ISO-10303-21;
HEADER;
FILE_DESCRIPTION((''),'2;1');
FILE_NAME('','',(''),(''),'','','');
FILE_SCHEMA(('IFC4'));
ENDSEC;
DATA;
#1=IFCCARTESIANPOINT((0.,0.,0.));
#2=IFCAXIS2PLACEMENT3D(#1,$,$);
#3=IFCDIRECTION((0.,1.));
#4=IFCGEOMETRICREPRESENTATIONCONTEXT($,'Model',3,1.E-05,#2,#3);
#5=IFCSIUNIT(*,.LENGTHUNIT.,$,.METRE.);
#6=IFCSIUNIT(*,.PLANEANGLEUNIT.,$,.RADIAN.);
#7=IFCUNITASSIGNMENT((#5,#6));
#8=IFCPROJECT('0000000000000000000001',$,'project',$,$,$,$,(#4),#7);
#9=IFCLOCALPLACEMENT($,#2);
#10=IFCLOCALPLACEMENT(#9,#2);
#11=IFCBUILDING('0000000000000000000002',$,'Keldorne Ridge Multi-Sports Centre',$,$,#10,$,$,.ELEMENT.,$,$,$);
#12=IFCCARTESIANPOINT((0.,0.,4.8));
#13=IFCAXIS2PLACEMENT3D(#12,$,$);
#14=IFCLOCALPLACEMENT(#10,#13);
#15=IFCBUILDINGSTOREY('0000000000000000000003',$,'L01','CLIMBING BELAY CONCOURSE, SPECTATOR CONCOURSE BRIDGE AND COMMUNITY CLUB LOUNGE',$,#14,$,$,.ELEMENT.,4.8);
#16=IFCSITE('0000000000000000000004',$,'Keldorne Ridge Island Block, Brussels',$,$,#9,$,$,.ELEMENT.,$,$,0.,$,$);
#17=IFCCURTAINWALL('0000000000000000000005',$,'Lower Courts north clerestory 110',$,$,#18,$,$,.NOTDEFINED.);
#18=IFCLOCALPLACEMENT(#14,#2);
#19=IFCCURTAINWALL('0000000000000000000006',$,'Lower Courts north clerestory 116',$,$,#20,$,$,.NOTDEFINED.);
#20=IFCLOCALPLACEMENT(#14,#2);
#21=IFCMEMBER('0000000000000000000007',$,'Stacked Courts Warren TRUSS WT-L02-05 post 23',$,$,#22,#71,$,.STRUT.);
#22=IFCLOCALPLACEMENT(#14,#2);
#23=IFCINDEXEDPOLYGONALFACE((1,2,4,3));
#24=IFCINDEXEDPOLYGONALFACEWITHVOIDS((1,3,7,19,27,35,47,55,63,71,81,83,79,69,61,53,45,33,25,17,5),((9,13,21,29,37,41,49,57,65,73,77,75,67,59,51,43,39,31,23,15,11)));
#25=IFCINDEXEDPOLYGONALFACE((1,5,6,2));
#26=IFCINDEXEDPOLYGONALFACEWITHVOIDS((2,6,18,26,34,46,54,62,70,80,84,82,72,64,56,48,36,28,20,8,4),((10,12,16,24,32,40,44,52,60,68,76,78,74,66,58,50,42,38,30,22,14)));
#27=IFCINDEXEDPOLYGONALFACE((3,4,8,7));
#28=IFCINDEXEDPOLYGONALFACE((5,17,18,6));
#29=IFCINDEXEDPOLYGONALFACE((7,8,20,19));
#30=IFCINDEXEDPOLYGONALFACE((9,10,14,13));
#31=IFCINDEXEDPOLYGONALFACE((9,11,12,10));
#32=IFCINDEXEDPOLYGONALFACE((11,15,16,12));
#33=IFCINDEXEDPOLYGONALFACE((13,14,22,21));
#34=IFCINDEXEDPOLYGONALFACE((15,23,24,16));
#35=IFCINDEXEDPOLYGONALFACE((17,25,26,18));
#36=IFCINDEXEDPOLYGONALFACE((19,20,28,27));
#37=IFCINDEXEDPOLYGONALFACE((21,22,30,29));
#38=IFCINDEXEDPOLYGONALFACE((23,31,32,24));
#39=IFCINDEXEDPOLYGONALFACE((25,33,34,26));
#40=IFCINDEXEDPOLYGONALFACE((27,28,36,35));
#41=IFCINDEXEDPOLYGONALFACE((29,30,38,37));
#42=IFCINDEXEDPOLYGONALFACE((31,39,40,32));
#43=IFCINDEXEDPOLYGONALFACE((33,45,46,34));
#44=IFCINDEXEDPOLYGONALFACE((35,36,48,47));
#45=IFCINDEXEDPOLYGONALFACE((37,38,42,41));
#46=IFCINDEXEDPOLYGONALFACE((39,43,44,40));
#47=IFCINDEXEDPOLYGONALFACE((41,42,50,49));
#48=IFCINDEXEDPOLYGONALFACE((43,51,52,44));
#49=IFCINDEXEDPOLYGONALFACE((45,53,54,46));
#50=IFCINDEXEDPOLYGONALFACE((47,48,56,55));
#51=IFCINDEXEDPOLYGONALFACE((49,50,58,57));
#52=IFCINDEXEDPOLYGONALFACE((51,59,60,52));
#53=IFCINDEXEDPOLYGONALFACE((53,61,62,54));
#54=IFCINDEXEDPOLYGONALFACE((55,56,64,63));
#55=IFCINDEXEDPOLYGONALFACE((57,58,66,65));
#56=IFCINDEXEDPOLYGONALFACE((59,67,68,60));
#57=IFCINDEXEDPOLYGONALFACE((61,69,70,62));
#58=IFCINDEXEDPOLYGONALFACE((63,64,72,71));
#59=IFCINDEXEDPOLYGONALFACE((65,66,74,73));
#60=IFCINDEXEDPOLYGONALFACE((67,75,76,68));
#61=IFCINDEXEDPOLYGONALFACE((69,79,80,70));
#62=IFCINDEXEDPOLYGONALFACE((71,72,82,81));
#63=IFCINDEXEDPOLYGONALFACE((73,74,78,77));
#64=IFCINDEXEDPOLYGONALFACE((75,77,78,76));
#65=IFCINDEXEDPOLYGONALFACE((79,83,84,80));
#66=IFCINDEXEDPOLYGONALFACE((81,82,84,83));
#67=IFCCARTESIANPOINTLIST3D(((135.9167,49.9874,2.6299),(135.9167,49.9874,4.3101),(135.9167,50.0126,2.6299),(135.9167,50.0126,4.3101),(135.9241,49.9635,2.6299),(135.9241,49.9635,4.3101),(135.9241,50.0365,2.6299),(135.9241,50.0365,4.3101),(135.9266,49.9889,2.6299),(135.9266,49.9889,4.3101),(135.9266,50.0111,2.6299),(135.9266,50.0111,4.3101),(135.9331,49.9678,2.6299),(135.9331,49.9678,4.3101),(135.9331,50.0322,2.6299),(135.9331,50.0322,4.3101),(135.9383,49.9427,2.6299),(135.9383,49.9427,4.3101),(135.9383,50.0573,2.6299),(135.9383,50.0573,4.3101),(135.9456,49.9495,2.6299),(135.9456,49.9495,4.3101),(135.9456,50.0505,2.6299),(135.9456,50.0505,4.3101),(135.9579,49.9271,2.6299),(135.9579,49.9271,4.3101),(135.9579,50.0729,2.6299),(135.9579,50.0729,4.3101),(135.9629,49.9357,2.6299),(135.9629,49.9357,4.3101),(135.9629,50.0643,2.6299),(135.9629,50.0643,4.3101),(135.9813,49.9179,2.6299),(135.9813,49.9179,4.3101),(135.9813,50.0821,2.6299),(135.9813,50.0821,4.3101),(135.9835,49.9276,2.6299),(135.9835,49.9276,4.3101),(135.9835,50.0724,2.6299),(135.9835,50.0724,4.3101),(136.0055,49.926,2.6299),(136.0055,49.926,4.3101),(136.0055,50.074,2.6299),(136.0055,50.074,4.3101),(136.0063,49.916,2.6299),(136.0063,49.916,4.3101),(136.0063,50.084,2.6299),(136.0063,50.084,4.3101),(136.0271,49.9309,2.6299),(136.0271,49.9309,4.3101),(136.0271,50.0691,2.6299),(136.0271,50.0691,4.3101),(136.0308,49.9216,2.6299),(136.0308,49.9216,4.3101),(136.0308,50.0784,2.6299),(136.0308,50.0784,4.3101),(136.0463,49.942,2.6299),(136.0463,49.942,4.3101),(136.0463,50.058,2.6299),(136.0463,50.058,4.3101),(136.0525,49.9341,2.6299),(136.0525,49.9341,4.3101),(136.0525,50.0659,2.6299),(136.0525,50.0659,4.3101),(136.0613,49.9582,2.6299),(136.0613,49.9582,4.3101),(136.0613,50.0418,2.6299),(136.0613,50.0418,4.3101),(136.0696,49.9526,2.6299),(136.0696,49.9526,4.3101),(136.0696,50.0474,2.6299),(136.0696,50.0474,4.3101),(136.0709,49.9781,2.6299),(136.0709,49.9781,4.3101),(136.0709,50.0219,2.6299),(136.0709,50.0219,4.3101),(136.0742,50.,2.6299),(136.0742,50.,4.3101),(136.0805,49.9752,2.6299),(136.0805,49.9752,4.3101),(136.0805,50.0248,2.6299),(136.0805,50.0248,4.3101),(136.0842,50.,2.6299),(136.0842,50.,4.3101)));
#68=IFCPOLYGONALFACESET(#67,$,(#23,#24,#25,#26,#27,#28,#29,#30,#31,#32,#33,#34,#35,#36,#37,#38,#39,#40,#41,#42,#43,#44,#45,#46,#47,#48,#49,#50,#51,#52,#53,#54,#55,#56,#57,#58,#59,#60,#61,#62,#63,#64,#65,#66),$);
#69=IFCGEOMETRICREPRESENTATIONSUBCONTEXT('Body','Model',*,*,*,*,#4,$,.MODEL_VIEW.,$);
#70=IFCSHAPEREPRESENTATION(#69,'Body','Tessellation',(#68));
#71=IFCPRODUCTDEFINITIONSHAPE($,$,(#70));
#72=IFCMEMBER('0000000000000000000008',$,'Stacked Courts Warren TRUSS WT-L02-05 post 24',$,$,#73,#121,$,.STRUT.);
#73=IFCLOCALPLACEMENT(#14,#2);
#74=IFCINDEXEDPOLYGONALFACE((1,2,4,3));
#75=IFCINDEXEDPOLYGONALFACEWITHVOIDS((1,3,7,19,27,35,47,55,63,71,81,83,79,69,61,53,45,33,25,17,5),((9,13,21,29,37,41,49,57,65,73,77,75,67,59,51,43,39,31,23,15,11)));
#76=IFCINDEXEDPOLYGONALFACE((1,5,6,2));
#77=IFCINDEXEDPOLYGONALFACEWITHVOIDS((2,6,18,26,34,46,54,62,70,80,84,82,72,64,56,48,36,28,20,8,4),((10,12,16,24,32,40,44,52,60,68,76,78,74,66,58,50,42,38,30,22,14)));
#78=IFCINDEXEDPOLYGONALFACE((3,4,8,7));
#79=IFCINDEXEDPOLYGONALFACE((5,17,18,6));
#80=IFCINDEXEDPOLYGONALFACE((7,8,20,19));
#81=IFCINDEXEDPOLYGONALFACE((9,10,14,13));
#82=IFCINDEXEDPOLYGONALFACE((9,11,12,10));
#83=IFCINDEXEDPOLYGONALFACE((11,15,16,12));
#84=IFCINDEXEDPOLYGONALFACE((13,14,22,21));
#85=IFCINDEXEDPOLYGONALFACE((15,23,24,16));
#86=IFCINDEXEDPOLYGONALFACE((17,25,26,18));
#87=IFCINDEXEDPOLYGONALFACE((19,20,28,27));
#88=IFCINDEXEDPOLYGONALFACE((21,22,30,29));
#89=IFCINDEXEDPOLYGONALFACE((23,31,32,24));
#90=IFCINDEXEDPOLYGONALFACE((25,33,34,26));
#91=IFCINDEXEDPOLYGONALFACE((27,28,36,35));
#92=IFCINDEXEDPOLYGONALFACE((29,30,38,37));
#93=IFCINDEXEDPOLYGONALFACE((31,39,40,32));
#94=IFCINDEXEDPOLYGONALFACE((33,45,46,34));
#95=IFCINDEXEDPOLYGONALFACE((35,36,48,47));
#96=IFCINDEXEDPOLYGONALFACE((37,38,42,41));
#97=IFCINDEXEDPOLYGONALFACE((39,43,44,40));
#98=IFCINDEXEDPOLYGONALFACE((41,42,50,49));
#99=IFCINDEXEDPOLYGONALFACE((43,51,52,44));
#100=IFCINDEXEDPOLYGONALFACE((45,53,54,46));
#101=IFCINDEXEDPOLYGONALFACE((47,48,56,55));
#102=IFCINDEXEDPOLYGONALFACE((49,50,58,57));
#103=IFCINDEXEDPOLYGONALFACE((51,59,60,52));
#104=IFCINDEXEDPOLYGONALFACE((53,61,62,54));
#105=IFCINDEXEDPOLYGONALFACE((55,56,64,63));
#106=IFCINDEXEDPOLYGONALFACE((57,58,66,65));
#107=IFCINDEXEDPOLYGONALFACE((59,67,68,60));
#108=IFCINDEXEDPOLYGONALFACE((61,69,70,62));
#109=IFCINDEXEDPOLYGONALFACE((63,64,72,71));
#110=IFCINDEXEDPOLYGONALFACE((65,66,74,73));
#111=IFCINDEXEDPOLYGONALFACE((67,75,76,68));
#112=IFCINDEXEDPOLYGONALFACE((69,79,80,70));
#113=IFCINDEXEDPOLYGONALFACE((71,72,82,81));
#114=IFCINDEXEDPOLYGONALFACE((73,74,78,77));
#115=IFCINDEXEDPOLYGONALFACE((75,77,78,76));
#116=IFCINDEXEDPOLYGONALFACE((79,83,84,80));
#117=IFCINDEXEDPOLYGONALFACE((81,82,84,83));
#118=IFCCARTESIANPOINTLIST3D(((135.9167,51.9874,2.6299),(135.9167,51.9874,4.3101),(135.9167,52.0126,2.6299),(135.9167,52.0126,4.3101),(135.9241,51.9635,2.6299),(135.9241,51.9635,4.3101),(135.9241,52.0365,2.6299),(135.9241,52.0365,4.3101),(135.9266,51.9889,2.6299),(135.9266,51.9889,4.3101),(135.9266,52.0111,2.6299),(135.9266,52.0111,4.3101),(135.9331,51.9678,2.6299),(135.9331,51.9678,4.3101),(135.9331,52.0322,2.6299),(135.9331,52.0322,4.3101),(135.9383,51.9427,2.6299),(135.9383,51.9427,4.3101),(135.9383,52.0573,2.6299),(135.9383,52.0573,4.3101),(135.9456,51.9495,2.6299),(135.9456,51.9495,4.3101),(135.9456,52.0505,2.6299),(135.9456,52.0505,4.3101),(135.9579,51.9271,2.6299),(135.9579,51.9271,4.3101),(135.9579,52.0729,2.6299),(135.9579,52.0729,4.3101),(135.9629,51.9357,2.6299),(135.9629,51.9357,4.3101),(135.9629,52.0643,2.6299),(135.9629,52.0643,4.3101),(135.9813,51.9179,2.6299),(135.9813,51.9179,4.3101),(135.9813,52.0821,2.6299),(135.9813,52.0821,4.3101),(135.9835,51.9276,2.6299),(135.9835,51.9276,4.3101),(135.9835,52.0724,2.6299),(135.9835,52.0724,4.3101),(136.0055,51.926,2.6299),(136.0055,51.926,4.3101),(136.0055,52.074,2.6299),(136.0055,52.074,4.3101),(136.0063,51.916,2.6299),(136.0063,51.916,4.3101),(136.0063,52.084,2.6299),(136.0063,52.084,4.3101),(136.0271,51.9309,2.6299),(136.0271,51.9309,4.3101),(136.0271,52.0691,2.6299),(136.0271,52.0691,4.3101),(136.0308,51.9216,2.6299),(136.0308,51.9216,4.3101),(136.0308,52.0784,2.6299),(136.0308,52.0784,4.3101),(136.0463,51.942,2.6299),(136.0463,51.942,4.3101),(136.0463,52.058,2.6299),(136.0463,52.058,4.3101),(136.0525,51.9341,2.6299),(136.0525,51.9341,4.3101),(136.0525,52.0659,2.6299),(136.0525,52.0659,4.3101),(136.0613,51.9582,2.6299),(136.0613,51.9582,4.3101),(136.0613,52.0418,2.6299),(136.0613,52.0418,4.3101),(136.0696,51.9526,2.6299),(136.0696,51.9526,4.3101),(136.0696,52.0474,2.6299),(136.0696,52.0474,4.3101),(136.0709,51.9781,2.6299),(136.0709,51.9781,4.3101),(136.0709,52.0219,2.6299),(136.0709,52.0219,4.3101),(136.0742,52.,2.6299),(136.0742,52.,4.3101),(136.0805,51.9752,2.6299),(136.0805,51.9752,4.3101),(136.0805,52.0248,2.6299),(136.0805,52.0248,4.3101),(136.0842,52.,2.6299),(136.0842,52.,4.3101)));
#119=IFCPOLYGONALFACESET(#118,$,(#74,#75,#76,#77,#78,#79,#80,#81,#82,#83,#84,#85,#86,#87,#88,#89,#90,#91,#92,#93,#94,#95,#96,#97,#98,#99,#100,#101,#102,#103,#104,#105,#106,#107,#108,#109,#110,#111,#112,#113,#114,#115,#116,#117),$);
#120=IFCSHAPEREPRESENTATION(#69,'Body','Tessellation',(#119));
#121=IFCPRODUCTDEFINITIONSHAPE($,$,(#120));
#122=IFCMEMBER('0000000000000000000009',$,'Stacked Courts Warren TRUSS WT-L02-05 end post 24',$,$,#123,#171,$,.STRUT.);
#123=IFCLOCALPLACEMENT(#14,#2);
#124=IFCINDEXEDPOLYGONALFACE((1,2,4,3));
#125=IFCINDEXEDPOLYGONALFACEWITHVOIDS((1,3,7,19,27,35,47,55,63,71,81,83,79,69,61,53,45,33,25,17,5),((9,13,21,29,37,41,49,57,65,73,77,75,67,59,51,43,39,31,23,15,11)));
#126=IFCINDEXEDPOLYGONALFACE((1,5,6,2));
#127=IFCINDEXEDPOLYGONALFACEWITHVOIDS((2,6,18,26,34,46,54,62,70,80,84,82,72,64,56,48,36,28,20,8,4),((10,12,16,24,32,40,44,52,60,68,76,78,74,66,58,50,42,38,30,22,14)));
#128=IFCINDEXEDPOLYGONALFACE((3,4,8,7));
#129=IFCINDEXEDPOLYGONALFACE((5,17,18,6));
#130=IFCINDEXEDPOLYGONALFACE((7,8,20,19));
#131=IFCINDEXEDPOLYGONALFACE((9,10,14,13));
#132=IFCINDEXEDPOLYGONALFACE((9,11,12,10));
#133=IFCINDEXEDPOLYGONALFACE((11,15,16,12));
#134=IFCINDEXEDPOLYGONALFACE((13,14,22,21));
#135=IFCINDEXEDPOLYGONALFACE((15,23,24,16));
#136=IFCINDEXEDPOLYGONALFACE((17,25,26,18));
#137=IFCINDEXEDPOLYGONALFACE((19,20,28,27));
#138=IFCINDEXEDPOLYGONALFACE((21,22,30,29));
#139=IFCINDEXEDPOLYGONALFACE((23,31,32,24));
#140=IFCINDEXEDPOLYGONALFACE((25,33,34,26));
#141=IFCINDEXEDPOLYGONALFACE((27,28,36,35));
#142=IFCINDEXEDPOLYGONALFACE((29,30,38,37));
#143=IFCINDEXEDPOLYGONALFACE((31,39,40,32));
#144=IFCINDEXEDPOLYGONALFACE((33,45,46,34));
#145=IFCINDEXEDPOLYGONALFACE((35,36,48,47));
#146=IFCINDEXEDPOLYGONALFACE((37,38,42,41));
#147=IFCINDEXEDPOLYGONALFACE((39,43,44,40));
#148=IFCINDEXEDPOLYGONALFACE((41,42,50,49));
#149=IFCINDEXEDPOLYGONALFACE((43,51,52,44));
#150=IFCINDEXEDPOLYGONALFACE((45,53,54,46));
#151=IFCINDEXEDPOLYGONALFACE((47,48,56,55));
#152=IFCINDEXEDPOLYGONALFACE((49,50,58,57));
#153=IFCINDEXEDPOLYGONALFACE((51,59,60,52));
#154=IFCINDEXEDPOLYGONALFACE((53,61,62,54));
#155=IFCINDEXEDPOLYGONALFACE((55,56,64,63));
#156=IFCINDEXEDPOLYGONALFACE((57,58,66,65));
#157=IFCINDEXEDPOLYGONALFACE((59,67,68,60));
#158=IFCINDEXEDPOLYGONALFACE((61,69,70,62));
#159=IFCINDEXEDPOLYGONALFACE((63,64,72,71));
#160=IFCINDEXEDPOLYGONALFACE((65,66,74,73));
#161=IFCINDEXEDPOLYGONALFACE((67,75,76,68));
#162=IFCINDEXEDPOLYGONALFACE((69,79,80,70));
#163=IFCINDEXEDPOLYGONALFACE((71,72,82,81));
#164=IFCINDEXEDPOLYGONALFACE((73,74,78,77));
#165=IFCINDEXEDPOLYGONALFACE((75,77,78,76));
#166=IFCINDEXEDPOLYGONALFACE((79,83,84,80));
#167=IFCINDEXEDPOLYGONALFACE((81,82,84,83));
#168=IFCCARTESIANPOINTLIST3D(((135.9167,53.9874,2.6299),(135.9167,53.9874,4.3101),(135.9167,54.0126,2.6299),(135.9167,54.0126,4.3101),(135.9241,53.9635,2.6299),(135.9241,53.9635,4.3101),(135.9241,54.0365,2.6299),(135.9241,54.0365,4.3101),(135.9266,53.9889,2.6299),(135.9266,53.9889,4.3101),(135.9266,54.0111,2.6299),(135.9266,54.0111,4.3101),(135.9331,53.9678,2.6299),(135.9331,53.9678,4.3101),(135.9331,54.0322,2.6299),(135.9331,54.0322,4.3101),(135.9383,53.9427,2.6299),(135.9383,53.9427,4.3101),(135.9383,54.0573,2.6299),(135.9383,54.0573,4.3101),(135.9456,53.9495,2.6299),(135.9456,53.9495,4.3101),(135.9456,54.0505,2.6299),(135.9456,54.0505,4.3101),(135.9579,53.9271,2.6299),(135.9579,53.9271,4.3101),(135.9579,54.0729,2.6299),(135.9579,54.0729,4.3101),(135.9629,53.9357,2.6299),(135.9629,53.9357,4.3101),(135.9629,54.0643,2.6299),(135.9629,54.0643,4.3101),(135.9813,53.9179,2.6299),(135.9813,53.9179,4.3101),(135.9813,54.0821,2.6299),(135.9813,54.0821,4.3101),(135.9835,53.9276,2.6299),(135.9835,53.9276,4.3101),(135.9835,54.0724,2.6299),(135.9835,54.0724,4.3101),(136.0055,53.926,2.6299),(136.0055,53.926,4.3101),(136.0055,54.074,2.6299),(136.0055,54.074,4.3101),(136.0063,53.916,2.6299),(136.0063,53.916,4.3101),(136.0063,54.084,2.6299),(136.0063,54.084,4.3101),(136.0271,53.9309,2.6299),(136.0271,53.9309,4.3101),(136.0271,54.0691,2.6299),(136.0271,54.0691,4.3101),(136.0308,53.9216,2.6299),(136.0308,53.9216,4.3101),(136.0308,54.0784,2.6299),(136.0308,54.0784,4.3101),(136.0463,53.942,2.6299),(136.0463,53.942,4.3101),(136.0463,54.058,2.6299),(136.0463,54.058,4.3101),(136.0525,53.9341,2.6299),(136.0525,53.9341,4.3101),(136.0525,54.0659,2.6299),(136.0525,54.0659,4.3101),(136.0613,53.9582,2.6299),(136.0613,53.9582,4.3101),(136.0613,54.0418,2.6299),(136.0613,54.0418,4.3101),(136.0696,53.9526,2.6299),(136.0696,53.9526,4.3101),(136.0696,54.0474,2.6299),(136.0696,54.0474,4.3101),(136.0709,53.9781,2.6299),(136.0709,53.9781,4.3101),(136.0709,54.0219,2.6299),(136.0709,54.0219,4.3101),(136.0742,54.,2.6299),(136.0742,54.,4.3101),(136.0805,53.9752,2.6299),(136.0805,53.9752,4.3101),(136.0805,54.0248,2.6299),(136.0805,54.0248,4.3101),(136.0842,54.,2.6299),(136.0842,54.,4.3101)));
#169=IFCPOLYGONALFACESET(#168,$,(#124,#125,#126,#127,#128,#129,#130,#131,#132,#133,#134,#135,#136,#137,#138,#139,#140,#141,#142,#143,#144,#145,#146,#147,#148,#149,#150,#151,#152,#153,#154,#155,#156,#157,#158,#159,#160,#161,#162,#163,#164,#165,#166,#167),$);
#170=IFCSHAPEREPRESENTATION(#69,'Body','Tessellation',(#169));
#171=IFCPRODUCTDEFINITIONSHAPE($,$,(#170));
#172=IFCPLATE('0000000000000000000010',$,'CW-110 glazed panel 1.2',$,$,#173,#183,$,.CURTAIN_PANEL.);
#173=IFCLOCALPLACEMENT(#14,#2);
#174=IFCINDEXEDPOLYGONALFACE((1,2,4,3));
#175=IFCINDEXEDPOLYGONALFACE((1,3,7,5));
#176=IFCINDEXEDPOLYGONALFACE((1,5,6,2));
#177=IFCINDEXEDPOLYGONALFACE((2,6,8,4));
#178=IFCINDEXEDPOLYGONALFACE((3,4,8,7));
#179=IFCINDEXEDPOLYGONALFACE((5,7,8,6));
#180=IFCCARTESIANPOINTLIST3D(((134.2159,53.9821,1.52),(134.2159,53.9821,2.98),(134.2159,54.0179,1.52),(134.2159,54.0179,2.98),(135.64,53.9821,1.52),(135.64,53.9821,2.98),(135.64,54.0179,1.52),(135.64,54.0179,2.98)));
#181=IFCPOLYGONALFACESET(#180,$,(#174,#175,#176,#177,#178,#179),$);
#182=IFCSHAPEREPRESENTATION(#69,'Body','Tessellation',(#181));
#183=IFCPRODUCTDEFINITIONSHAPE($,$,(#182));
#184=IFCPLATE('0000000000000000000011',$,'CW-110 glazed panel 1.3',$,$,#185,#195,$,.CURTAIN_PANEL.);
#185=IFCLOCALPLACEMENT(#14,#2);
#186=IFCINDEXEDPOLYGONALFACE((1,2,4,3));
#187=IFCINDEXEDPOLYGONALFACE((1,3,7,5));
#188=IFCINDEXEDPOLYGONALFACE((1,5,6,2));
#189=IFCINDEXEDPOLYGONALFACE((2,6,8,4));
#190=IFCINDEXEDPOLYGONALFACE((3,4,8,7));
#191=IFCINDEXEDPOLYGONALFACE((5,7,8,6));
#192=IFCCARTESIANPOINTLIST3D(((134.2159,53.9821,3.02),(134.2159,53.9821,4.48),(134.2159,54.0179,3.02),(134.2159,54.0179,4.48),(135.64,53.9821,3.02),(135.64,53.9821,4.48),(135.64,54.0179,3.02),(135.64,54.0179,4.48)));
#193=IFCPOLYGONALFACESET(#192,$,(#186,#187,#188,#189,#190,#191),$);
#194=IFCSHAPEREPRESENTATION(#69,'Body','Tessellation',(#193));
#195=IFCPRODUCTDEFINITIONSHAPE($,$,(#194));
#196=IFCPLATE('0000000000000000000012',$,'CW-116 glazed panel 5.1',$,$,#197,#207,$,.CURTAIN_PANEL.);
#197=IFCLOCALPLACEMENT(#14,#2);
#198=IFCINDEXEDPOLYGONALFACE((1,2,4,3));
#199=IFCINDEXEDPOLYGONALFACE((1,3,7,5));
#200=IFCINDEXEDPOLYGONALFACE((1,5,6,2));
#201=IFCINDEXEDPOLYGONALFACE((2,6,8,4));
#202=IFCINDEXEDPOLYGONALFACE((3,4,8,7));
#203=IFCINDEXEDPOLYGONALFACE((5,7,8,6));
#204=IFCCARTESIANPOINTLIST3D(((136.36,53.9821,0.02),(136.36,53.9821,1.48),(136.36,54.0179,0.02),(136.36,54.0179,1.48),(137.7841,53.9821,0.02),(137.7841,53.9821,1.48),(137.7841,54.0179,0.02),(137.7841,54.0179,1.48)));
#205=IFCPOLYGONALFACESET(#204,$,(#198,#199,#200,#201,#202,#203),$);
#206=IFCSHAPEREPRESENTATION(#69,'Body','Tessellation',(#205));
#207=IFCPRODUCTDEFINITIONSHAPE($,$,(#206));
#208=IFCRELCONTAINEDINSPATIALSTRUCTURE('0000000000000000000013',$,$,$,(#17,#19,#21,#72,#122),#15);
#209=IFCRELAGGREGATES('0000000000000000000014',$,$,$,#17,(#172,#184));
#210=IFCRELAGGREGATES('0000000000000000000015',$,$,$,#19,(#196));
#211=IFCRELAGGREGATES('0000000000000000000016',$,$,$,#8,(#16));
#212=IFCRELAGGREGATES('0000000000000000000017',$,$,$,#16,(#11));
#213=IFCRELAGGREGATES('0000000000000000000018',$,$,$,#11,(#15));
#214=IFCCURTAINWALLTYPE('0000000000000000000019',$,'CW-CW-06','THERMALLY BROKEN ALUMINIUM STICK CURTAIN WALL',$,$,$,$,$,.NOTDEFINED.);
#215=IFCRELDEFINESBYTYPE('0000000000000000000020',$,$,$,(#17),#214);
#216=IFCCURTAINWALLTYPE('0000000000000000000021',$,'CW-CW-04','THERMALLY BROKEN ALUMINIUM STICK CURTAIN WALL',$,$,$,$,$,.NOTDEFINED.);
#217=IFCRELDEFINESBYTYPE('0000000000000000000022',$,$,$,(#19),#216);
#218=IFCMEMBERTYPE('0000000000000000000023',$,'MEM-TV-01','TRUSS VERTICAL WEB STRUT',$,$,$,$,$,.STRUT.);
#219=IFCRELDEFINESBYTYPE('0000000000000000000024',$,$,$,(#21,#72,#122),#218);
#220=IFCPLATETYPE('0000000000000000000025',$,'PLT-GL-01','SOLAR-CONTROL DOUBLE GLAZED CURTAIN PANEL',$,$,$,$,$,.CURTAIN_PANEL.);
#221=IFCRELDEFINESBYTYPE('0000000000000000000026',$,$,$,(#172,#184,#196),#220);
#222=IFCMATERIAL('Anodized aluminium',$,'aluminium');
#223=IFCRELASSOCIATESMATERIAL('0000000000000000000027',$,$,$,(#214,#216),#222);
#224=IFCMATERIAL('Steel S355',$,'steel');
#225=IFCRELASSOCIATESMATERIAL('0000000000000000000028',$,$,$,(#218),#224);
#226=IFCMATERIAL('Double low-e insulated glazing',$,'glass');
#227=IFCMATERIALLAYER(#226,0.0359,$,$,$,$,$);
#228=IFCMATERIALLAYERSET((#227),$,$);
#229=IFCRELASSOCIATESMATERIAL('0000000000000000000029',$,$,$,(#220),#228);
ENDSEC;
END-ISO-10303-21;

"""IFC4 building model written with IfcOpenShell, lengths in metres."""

from ifc_helpers import new_model, si_unit, direction, frame, origin, origin_2d, place, context, subcontext, project, spatial, rectangle, hollow_circle, extrude, material, layer, layer_set, material_profile, profile_set, type_object, element, aggregate, save


model = new_model("IFC4")

# Units and contexts
model_context = context("Model", 3, precision=1e-05, world=origin(), true_north=direction((0.0, 1.0)))
body_context = subcontext(model_context, "Body", "Model", "MODEL_VIEW")
ifc_project = project(units=[si_unit("LENGTHUNIT", "METRE"), si_unit("PLANEANGLEUNIT", "RADIAN")], contexts=[model_context])

# Site, building, storey
site_placement = place(None, origin())
site = spatial("IfcSite", under=ifc_project, at=site_placement, Name="Keldorne Ridge Island Block, Brussels", CompositionType="ELEMENT", RefElevation=0.0)
building_placement = place(site_placement, origin())
building = spatial("IfcBuilding", under=site, at=building_placement, Name="Keldorne Ridge Multi-Sports Centre", CompositionType="ELEMENT")
storey_placement = place(building_placement, frame((0.0, 0.0, 4.8)))
storey = spatial("IfcBuildingStorey", under=building, at=storey_placement, Name="L01", Description="CLIMBING BELAY CONCOURSE, SPECTATOR CONCOURSE BRIDGE AND COMMUNITY CLUB LOUNGE", CompositionType="ELEMENT", Elevation=4.8)

# Shared definitions
ifc_material_1 = material(Name="Steel S355", Category="steel")

# Curtain wall
ifc_material_2 = material(Name="Anodized aluminium", Category="aluminium")
curtain_wall_type_1 = type_object("IfcCurtainWallType", Name="CW-CW-06", Description="THERMALLY BROKEN ALUMINIUM STICK CURTAIN WALL", PredefinedType="NOTDEFINED", material=ifc_material_2)
curtain_wall_1_placement = place(storey_placement, origin())
curtain_wall_1 = element("IfcCurtainWall", 1, at=curtain_wall_1_placement, inside=storey, type_object=curtain_wall_type_1, Name="Lower Courts north clerestory 110", PredefinedType="NOTDEFINED")

# Curtain wall
curtain_wall_type_2 = type_object("IfcCurtainWallType", Name="CW-CW-04", Description="THERMALLY BROKEN ALUMINIUM STICK CURTAIN WALL", PredefinedType="NOTDEFINED", material=ifc_material_2)
curtain_wall_2_placement = place(storey_placement, origin())
curtain_wall_2 = element("IfcCurtainWall", 2, at=curtain_wall_2_placement, inside=storey, type_object=curtain_wall_type_2, Name="Lower Courts north clerestory 116", PredefinedType="NOTDEFINED")

# Members
ifc_material_profile_1 = material_profile(ifc_material_1, hollow_circle(Radius=0.0842, WallThickness=0.01, at=origin_2d()), Name="CHS 168.3x10")
ifc_profile_set_1 = profile_set([ifc_material_profile_1], Name="Steel S355")
member_type_1 = type_object("IfcMemberType", Name="MEM-TV-01", Description="TRUSS VERTICAL WEB STRUT", PredefinedType="STRUT", material=ifc_profile_set_1)
for number, where, z_axis, x_axis, name in (
    (3, (136.0, 50.0, 2.6299), (0.0, 0.0, 1.0), (1.0, 0.0, 0.0), "Stacked Courts Warren TRUSS WT-L02-05 post 23"),
    (4, (136.0, 52.0, 2.6299), (0.0, 0.0, 1.0), (1.0, 0.0, 0.0), "Stacked Courts Warren TRUSS WT-L02-05 post 24"),
    (5, (136.0, 54.0, 2.6299), (0.0, 0.0, 1.0), (1.0, 0.0, 0.0), "Stacked Courts Warren TRUSS WT-L02-05 end post 24"),
):
    element("IfcMember", number, at=place(storey_placement, frame(where, z_axis=z_axis, x_axis=x_axis)), inside=storey, type_object=member_type_1, Name=name, PredefinedType="STRUT", context=body_context, shape_type="SweptSolid", body=[
        extrude(hollow_circle(Radius=0.0842, WallThickness=0.01, at=origin_2d()), origin(), (0.0, 0.0, 1.0), 1.6802),
    ])

# Plates
ifc_material_3 = material(Name="Double low-e insulated glazing", Category="glass")
ifc_layer = layer(ifc_material_3, 0.0359)
ifc_layer_set = layer_set([ifc_layer])
plate_type = type_object("IfcPlateType", Name="PLT-GL-01", Description="SOLAR-CONTROL DOUBLE GLAZED CURTAIN PANEL", PredefinedType="CURTAIN_PANEL", material=ifc_layer_set)
plate_1_placement = place(storey_placement, frame((134.928, 54.0, 1.52), z_axis=(0.0, 0.0, 1.0), x_axis=(-1.0, 0.0, 0.0)))
plate_1 = element("IfcPlate", 6, at=plate_1_placement, type_object=plate_type, Name="CW-110 glazed panel 1.2", PredefinedType="CURTAIN_PANEL", context=body_context, shape_type="SweptSolid", body=[
    extrude(rectangle(XDim=1.4241, YDim=0.0359, at=origin_2d()), origin(), (0.0, 0.0, 1.0), 1.46),
])
plate_2_placement = place(storey_placement, frame((134.928, 54.0, 3.02), z_axis=(0.0, 0.0, 1.0), x_axis=(-1.0, 0.0, 0.0)))
plate_2 = element("IfcPlate", 7, at=plate_2_placement, type_object=plate_type, Name="CW-110 glazed panel 1.3", PredefinedType="CURTAIN_PANEL", context=body_context, shape_type="SweptSolid", body=[
    extrude(rectangle(XDim=1.4241, YDim=0.0359, at=origin_2d()), origin(), (0.0, 0.0, 1.0), 1.46),
])
aggregate(curtain_wall_1, [plate_1, plate_2])
plate_3_placement = place(storey_placement, frame((137.072, 54.0, 0.02), z_axis=(0.0, 0.0, 1.0), x_axis=(-1.0, 0.0, 0.0)))
plate_3 = element("IfcPlate", 8, at=plate_3_placement, type_object=plate_type, Name="CW-116 glazed panel 5.1", PredefinedType="CURTAIN_PANEL", context=body_context, shape_type="SweptSolid", body=[
    extrude(rectangle(XDim=1.4241, YDim=0.0359, at=origin_2d()), origin(), (0.0, 0.0, 1.0), 1.46),
])
aggregate(curtain_wall_2, [plate_3])

save(model, "model.ifc")
